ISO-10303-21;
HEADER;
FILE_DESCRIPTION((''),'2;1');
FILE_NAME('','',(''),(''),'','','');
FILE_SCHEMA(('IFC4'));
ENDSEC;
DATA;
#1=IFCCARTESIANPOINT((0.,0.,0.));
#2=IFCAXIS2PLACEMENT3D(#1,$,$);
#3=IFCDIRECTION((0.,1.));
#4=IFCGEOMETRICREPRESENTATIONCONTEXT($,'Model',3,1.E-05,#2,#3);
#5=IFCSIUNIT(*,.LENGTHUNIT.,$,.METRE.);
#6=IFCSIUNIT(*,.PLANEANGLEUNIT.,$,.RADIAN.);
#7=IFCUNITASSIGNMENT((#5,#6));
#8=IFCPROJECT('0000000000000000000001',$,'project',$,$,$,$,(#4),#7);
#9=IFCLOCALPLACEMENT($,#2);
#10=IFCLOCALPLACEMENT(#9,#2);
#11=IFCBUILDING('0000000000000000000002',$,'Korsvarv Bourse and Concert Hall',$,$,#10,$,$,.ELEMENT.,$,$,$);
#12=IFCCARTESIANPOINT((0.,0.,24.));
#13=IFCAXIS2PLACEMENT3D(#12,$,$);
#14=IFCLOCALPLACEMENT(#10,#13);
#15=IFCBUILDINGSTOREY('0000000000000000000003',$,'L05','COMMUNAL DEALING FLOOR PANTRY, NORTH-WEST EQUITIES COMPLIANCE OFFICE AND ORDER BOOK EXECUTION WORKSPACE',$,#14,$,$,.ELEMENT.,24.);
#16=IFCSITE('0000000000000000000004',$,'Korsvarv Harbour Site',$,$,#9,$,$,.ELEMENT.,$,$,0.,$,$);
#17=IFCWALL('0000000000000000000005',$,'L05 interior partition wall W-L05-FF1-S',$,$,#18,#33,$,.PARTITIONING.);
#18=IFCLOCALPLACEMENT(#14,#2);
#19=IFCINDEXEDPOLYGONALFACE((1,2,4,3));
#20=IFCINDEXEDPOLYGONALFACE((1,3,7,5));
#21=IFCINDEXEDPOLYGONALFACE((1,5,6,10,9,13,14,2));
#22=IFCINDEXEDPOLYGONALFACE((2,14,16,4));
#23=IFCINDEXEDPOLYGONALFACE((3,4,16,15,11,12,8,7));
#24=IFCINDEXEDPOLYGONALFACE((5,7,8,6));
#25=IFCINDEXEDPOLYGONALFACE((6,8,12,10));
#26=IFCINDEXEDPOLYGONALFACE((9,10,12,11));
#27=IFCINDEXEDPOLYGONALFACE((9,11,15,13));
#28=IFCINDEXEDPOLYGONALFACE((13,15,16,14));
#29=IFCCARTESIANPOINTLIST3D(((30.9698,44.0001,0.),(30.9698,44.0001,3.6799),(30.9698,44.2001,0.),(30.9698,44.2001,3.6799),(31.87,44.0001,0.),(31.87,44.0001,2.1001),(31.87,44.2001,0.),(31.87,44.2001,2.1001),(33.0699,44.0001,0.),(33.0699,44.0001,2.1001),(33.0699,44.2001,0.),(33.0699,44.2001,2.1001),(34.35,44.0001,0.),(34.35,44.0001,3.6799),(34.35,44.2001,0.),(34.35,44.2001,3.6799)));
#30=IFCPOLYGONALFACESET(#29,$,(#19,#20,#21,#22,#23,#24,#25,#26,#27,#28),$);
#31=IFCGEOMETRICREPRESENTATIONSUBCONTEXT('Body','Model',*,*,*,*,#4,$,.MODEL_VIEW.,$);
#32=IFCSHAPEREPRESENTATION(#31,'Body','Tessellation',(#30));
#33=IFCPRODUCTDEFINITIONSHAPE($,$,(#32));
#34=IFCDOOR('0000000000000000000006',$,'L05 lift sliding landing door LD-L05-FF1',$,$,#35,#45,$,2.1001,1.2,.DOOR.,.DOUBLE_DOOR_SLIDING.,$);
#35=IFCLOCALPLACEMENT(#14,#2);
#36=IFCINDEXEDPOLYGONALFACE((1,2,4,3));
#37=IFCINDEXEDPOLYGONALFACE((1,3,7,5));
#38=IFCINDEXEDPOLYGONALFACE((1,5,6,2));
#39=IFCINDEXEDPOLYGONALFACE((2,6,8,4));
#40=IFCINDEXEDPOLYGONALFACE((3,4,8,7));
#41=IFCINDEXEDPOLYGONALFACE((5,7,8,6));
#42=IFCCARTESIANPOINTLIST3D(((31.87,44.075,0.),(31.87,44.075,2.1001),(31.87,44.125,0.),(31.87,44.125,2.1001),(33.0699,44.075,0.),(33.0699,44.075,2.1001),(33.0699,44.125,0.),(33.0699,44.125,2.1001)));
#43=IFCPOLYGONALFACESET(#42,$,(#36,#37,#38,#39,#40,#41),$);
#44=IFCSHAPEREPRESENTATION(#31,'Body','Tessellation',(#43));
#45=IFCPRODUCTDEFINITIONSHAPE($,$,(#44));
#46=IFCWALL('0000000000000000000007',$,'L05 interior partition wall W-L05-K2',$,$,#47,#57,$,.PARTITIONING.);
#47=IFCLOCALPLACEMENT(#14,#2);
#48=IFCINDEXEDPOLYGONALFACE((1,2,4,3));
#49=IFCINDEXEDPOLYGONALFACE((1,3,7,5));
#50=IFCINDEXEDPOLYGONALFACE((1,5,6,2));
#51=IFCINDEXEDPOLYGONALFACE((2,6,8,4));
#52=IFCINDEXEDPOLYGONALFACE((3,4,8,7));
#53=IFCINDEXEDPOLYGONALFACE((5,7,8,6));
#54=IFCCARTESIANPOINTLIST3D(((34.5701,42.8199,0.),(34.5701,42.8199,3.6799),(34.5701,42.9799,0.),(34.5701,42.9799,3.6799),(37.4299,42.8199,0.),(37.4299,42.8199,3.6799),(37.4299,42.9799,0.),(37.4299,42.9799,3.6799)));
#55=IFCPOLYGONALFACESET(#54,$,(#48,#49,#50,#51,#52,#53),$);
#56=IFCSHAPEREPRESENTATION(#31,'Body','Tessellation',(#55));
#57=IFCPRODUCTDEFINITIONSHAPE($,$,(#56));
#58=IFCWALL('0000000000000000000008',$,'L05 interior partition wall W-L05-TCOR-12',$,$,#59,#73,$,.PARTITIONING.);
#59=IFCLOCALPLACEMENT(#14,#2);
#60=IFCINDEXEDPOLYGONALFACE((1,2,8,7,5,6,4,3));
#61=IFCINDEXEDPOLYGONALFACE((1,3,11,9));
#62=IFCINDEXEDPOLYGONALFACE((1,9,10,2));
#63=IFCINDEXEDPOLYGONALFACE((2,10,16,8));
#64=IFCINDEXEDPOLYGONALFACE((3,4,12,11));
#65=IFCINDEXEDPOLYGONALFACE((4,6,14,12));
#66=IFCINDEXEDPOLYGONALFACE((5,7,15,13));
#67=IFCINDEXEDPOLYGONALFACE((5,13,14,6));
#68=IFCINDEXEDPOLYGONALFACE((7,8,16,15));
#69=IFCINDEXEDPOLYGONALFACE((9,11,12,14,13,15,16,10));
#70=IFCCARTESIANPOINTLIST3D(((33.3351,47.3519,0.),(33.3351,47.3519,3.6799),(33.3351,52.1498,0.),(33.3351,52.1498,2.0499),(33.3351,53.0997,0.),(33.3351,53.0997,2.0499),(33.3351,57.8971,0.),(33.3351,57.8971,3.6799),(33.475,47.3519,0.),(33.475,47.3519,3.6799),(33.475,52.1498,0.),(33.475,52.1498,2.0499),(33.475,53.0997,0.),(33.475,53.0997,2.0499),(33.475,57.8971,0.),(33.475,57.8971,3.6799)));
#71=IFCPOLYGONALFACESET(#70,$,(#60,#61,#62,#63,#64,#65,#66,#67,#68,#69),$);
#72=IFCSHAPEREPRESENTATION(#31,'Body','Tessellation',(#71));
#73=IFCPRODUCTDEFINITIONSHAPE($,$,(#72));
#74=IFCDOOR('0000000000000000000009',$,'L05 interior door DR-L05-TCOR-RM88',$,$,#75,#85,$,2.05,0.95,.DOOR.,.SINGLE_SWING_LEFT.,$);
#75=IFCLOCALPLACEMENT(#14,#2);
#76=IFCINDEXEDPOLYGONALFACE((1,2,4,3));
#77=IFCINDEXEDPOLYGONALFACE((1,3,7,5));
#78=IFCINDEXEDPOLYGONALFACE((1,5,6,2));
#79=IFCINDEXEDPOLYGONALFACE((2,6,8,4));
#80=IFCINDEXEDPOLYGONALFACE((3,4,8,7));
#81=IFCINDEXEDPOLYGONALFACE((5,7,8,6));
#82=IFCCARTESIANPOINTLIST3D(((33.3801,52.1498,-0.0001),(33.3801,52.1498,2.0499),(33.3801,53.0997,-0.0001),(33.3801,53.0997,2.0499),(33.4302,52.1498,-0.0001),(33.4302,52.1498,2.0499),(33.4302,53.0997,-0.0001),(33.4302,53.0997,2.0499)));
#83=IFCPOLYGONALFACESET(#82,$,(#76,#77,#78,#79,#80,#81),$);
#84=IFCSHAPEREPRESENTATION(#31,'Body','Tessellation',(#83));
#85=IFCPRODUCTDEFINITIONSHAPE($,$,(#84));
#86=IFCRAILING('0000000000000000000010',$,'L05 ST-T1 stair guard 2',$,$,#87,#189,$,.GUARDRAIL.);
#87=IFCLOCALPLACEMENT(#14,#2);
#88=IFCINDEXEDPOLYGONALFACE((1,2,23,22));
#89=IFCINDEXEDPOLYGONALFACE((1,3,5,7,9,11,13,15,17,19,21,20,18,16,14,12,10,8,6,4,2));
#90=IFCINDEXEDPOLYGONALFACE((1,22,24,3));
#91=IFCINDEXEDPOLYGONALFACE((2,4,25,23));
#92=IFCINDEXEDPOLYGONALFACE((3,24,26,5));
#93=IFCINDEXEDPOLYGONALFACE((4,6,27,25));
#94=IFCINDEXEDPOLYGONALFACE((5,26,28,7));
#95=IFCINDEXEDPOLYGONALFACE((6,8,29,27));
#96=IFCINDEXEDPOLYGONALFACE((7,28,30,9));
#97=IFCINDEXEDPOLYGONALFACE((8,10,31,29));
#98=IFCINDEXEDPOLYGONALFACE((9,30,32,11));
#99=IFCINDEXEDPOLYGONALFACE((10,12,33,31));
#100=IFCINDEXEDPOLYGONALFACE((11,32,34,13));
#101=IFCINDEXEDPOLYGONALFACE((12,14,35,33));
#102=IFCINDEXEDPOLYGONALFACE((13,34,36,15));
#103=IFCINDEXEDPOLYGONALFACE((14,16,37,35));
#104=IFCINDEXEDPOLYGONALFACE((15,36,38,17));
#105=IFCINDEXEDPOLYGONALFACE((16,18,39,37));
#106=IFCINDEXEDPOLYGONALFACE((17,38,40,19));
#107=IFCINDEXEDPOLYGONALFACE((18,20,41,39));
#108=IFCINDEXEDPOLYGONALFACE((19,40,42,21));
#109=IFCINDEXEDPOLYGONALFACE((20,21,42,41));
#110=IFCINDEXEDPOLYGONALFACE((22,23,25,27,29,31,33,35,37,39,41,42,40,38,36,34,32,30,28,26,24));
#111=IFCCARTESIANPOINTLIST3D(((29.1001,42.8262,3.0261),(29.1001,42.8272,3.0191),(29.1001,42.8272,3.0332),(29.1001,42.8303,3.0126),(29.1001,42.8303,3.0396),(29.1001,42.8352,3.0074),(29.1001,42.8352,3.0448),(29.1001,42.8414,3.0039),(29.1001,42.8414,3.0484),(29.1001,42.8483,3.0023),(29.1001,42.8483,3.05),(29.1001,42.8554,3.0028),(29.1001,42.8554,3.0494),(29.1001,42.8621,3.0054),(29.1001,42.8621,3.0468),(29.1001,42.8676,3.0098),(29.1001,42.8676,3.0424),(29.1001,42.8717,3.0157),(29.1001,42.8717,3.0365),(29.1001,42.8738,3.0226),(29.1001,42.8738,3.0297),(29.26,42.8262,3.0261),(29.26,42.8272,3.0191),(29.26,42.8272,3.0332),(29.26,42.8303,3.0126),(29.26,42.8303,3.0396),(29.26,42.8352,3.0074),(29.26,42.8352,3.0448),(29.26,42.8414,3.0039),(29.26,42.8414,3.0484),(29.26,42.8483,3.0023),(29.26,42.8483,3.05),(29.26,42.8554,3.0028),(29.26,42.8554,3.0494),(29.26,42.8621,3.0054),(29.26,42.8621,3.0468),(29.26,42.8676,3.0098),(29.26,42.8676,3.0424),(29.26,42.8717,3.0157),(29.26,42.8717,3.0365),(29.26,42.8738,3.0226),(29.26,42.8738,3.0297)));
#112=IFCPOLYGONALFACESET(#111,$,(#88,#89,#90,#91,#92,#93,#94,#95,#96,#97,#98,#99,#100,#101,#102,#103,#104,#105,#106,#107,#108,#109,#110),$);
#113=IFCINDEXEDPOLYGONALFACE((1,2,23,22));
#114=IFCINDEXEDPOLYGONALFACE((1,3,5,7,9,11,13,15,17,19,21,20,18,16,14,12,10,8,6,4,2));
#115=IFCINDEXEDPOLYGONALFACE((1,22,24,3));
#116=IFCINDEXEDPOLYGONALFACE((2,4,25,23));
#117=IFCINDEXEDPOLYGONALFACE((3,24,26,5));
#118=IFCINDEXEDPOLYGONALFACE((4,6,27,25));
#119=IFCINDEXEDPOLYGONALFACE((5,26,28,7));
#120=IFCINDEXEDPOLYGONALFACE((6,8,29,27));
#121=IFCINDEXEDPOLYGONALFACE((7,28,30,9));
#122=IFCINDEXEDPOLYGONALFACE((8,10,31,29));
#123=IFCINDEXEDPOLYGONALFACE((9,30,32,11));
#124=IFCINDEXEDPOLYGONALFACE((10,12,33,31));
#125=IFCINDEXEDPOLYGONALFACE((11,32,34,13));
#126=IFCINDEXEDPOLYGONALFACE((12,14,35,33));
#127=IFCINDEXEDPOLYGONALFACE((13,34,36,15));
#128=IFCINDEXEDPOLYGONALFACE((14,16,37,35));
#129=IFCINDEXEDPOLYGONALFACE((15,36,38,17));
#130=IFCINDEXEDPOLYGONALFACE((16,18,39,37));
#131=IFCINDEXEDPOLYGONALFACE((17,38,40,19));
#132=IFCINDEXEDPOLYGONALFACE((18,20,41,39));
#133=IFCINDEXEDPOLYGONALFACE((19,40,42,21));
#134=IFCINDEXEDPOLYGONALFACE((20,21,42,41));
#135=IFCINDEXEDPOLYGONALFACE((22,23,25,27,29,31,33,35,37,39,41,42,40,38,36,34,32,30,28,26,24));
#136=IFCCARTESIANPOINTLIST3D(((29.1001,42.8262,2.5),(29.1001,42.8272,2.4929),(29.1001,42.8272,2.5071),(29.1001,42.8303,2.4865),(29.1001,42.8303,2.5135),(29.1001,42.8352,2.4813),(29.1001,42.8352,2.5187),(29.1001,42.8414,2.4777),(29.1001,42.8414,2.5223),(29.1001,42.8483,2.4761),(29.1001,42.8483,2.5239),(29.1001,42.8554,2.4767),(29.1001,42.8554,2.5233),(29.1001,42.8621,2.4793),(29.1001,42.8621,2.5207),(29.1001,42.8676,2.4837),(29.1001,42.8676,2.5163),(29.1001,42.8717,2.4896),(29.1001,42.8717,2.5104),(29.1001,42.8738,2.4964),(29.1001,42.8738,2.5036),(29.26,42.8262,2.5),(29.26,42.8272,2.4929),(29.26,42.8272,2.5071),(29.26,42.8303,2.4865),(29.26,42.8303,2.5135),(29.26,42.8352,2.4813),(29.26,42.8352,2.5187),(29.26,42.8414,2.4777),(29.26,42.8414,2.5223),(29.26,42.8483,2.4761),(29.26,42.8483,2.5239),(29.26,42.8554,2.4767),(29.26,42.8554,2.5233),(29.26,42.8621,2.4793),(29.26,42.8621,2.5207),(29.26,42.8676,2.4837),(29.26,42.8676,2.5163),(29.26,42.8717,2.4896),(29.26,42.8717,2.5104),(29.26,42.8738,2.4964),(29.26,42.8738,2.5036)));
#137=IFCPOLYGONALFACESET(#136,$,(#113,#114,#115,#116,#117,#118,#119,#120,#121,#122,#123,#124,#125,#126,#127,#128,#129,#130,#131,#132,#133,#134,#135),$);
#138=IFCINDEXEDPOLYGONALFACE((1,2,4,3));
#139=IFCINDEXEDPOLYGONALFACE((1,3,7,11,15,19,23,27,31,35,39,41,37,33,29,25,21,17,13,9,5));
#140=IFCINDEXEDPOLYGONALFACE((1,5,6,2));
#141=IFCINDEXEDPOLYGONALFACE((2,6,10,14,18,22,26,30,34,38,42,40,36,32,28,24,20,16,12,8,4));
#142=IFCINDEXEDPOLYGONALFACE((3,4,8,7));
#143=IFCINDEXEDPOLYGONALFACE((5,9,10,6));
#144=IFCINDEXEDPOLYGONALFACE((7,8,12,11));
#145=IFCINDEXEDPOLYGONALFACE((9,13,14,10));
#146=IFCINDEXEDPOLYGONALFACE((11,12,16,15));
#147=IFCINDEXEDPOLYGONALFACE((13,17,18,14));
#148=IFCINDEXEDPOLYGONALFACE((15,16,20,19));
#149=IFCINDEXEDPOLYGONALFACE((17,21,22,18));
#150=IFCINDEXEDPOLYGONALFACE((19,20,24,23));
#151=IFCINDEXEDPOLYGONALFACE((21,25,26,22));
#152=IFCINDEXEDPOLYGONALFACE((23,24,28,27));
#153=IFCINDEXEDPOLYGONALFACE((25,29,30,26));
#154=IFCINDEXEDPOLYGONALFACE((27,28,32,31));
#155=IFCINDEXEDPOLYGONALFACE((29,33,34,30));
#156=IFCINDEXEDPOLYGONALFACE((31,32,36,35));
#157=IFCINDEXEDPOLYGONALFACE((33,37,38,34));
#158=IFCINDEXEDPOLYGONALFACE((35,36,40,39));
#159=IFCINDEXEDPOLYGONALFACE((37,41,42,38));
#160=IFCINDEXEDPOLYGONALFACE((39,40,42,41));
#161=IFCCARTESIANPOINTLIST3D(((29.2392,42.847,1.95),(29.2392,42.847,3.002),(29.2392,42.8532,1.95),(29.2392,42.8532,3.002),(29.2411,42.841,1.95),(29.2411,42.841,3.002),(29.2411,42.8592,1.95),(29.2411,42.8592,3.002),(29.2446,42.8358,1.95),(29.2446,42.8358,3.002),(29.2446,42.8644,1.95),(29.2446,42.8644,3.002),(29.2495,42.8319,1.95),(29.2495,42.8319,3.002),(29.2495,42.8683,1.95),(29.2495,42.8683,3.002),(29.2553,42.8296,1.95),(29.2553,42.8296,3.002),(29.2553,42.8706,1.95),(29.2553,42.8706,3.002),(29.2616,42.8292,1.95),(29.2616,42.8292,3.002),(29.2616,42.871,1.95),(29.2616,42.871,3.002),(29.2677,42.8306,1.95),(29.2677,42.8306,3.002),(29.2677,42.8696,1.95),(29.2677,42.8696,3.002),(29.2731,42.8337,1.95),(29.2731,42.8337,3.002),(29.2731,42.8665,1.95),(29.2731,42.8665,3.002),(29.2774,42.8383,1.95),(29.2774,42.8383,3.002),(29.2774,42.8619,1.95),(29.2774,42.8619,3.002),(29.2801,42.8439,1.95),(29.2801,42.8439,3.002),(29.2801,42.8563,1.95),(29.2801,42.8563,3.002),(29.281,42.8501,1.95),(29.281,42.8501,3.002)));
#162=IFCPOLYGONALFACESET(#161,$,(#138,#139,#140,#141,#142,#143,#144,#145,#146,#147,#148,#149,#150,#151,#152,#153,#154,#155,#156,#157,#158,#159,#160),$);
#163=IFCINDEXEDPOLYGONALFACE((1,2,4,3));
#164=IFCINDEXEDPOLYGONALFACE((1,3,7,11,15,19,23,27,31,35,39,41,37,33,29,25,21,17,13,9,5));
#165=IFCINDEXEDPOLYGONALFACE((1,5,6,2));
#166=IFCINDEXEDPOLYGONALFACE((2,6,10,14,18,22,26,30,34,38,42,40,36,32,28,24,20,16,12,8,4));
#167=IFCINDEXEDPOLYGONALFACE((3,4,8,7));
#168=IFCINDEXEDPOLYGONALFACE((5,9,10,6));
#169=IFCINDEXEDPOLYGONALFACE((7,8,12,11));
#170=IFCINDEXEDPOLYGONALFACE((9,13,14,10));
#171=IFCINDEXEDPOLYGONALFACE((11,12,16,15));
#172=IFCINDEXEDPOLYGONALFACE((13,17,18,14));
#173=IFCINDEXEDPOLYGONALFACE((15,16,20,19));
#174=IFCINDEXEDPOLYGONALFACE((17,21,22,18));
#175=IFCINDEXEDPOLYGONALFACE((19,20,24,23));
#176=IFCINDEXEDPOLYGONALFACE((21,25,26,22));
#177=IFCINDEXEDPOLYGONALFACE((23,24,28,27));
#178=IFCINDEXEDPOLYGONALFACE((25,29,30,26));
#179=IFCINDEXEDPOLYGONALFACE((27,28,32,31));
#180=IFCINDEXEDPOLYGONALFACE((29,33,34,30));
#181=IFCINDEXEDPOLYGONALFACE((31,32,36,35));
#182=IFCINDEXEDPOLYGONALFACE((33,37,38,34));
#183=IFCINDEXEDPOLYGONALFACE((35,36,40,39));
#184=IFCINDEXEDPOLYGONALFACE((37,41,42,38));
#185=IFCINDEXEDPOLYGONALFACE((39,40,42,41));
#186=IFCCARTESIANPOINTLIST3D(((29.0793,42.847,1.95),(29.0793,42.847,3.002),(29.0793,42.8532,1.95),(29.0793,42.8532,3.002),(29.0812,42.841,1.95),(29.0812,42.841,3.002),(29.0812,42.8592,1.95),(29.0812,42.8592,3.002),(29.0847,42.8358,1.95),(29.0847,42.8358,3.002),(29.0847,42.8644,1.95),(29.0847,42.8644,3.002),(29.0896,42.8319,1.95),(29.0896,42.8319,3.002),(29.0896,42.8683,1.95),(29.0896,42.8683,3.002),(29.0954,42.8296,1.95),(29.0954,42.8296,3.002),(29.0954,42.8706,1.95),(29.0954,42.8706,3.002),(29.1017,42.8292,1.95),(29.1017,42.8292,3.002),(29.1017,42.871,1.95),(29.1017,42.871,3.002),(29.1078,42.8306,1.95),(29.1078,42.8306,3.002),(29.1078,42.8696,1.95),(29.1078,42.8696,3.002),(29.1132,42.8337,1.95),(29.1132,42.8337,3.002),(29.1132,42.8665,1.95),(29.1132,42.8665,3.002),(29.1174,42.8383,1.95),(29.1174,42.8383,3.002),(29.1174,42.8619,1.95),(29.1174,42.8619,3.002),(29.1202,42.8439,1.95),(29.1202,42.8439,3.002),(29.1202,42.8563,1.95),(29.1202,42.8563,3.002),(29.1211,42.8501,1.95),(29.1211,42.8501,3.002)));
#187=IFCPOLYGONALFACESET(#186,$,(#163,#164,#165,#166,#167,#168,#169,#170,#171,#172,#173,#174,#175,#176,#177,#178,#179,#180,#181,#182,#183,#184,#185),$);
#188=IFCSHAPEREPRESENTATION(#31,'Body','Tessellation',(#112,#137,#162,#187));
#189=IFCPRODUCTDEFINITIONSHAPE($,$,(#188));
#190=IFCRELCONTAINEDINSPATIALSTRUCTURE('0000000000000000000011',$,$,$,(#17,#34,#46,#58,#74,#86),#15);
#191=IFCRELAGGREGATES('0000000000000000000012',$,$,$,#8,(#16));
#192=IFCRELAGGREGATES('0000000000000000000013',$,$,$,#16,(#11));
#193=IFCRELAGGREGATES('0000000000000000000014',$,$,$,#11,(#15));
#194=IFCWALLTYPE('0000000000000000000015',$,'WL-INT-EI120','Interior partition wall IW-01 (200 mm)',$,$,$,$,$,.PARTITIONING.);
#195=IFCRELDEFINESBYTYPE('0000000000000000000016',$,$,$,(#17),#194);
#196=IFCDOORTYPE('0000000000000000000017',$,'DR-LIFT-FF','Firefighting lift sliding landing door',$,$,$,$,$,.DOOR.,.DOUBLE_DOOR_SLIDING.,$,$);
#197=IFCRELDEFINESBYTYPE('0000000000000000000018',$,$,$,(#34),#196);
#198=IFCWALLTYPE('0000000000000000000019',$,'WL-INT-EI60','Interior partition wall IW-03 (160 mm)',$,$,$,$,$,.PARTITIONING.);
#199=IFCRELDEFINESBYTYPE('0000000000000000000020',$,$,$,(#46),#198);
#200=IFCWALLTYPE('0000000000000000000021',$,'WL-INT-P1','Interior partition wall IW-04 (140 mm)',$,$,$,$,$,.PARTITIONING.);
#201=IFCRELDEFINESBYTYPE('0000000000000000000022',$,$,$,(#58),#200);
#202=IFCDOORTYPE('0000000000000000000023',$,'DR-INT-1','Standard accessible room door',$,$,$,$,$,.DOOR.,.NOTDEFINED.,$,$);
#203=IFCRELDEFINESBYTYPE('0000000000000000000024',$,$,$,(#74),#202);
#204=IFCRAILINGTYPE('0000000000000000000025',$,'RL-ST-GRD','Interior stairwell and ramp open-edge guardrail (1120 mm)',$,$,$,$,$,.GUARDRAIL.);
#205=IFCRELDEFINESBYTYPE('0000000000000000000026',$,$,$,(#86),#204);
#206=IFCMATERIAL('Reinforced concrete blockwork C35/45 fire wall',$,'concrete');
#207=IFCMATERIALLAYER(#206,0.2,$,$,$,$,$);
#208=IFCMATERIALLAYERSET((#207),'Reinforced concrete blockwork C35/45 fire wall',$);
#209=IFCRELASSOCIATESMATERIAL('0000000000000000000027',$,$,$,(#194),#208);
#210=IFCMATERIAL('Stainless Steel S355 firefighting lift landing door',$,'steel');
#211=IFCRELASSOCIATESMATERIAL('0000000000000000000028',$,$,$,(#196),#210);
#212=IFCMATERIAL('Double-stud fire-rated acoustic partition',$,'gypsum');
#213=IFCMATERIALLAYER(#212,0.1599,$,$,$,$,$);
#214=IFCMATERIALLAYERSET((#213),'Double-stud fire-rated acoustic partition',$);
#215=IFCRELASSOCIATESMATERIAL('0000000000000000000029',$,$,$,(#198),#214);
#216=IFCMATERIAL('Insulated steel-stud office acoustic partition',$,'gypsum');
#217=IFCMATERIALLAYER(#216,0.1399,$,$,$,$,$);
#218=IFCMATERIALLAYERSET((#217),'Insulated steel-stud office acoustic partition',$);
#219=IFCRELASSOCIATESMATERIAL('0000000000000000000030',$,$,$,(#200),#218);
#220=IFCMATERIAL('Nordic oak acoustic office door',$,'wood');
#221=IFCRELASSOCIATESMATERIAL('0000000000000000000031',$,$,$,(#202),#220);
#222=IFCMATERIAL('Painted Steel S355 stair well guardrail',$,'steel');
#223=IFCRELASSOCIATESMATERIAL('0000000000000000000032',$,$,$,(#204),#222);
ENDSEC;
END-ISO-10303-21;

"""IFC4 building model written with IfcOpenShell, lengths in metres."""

from ifc_helpers import new_model, si_unit, direction, frame, frame_2d, origin, origin_2d, place, context, subcontext, project, spatial, rectangle, circle, extrude, material, layer, layer_set, type_object, element, fill, save


model = new_model("IFC4")

# Units and contexts
model_context = context("Model", 3, precision=1e-05, world=origin(), true_north=direction((0.0, 1.0)))
body_context = subcontext(model_context, "Body", "Model", "MODEL_VIEW")
ifc_project = project(units=[si_unit("LENGTHUNIT", "METRE"), si_unit("PLANEANGLEUNIT", "RADIAN")], contexts=[model_context])

# Site, building, storey
site_placement = place(None, origin())
site = spatial("IfcSite", under=ifc_project, at=site_placement, Name="Korsvarv Harbour Site", CompositionType="ELEMENT", RefElevation=0.0)
building_placement = place(site_placement, origin())
building = spatial("IfcBuilding", under=site, at=building_placement, Name="Korsvarv Bourse and Concert Hall", CompositionType="ELEMENT")
storey_placement = place(building_placement, frame((0.0, 0.0, 24.0)))
storey = spatial("IfcBuildingStorey", under=building, at=storey_placement, Name="L05", Description="COMMUNAL DEALING FLOOR PANTRY, NORTH-WEST EQUITIES COMPLIANCE OFFICE AND ORDER BOOK EXECUTION WORKSPACE", CompositionType="ELEMENT", Elevation=24.0)

# Wall, opening, door
ifc_material_1 = material(Name="Reinforced concrete blockwork C35/45 fire wall", Category="concrete")
ifc_layer_1 = layer(ifc_material_1, 0.2)
ifc_layer_set_1 = layer_set([ifc_layer_1], Name="Reinforced concrete blockwork C35/45 fire wall")
wall_type_1 = type_object("IfcWallType", Name="WL-INT-EI120", Description="Interior partition wall IW-01 (200 mm)", PredefinedType="PARTITIONING", material=ifc_layer_set_1)
wall_1_placement = place(storey_placement, frame((30.97, 44.1001, 0.0), z_axis=(0.0, 0.0, 1.0), x_axis=(1.0, 0.0, 0.0)))
wall_1 = element("IfcWall", 1, at=wall_1_placement, inside=storey, type_object=wall_type_1, Name="L05 interior partition wall W-L05-FF1-S", PredefinedType="PARTITIONING", context=body_context, shape_type="SweptSolid", body=[
    extrude(rectangle(XDim=3.3801, YDim=0.2, at=frame_2d((1.6899, 0.0))), origin(), (0.0, 0.0, 1.0), 3.6799),
])
opening_1_placement = place(wall_1_placement, frame((0.8999, 0.0, 0.0)))
opening_1 = element("IfcOpeningElement", 2, at=opening_1_placement, cuts=wall_1, PredefinedType="OPENING", context=body_context, shape_type="SweptSolid", body=[
    extrude(rectangle(XDim=1.2, YDim=2.1001, at=frame_2d((0.6001, 1.05))), frame((0.0, 0.1099, 0.0), z_axis=(0.0, -1.0, 0.0), x_axis=(1.0, 0.0, 0.0)), (0.0, 0.0, 1.0), 0.22),
])
ifc_material_2 = material(Name="Stainless Steel S355 firefighting lift landing door", Category="steel")
door_type_1 = type_object("IfcDoorType", Name="DR-LIFT-FF", Description="Firefighting lift sliding landing door", OperationType="DOUBLE_DOOR_SLIDING", PredefinedType="DOOR", material=ifc_material_2)
door_1_placement = place(opening_1_placement, origin())
door_1 = element("IfcDoor", 3, at=door_1_placement, inside=storey, type_object=door_type_1, Name="L05 lift sliding landing door LD-L05-FF1", OperationType="DOUBLE_DOOR_SLIDING", OverallHeight=2.1001, OverallWidth=1.2, PredefinedType="DOOR", context=body_context, shape_type="SweptSolid", body=[
    extrude(rectangle(XDim=1.2, YDim=2.1001, at=frame_2d((0.6001, 1.05))), frame((0.0, 0.0249, 0.0), z_axis=(0.0, -1.0, 0.0), x_axis=(1.0, 0.0, 0.0)), (0.0, 0.0, 1.0), 0.05),
])
fill(opening_1, door_1)

# Wall
ifc_material_3 = material(Name="Double-stud fire-rated acoustic partition", Category="gypsum")
ifc_layer_2 = layer(ifc_material_3, 0.1599)
ifc_layer_set_2 = layer_set([ifc_layer_2], Name="Double-stud fire-rated acoustic partition")
wall_type_2 = type_object("IfcWallType", Name="WL-INT-EI60", Description="Interior partition wall IW-03 (160 mm)", PredefinedType="PARTITIONING", material=ifc_layer_set_2)
wall_2_placement = place(storey_placement, frame((34.5701, 42.8999, 0.0), z_axis=(0.0, 0.0, 1.0), x_axis=(1.0, 0.0, 0.0)))
element("IfcWall", 4, at=wall_2_placement, inside=storey, type_object=wall_type_2, Name="L05 interior partition wall W-L05-K2", PredefinedType="PARTITIONING", context=body_context, shape_type="SweptSolid", body=[
    extrude(rectangle(XDim=2.8599, YDim=0.1599, at=frame_2d((1.4299, 0.0))), origin(), (0.0, 0.0, 1.0), 3.6799),
])

# Wall, opening, door
ifc_material_4 = material(Name="Insulated steel-stud office acoustic partition", Category="gypsum")
ifc_layer_3 = layer(ifc_material_4, 0.1399)
ifc_layer_set_3 = layer_set([ifc_layer_3], Name="Insulated steel-stud office acoustic partition")
wall_type_3 = type_object("IfcWallType", Name="WL-INT-P1", Description="Interior partition wall IW-04 (140 mm)", PredefinedType="PARTITIONING", material=ifc_layer_set_3)
wall_3_placement = place(storey_placement, frame((33.405, 47.3521, 0.0), z_axis=(0.0, 0.0, 1.0), x_axis=(0.0, 1.0, 0.0)))
wall_3 = element("IfcWall", 5, at=wall_3_placement, inside=storey, type_object=wall_type_3, Name="L05 interior partition wall W-L05-TCOR-12", PredefinedType="PARTITIONING", context=body_context, shape_type="SweptSolid", body=[
    extrude(rectangle(XDim=10.5452, YDim=0.1399, at=frame_2d((5.2725, 0.0))), origin(), (0.0, 0.0, 1.0), 3.6799),
])
opening_2_placement = place(wall_3_placement, frame((4.7976, 0.0, 0.0)))
opening_2 = element("IfcOpeningElement", 6, at=opening_2_placement, cuts=wall_3, PredefinedType="OPENING", context=body_context, shape_type="SweptSolid", body=[
    extrude(rectangle(XDim=0.95, YDim=2.05, at=frame_2d((0.4751, 1.0249))), frame((0.0, 0.0801, 0.0), z_axis=(0.0, -1.0, 0.0), x_axis=(1.0, 0.0, 0.0)), (0.0, 0.0, 1.0), 0.1599),
])
ifc_material_5 = material(Name="Nordic oak acoustic office door", Category="wood")
door_type_2 = type_object("IfcDoorType", Name="DR-INT-1", Description="Standard accessible room door", OperationType="NOTDEFINED", PredefinedType="DOOR", material=ifc_material_5)
door_2_placement = place(opening_2_placement, origin())
door_2 = element("IfcDoor", 7, at=door_2_placement, inside=storey, type_object=door_type_2, Name="L05 interior door DR-L05-TCOR-RM88", OperationType="SINGLE_SWING_LEFT", OverallHeight=2.05, OverallWidth=0.95, PredefinedType="DOOR", context=body_context, shape_type="SweptSolid", body=[
    extrude(rectangle(XDim=0.95, YDim=2.05, at=frame_2d((0.4751, 1.0249))), frame((0.0, 0.0249, 0.0), z_axis=(0.0, -1.0, 0.0), x_axis=(1.0, 0.0, 0.0)), (0.0, 0.0, 1.0), 0.05),
])
fill(opening_2, door_2)

# Railing
ifc_material_6 = material(Name="Painted Steel S355 stair well guardrail", Category="steel")
railing_type = type_object("IfcRailingType", Name="RL-ST-GRD", Description="Interior stairwell and ramp open-edge guardrail (1120 mm)", PredefinedType="GUARDRAIL", material=ifc_material_6)
railing_1_placement = place(storey_placement, frame((29.26, 42.8501, 1.95)))
element("IfcRailing", 8, at=railing_1_placement, inside=storey, type_object=railing_type, Name="L05 ST-T1 stair guard 2", PredefinedType="GUARDRAIL", context=body_context, shape_type="SweptSolid", body=[
    extrude(circle(Radius=0.0239, at=origin_2d()), frame((0.0, 0.0, 1.0762), z_axis=(-1.0, 0.0, 0.0), x_axis=(0.0, -1.0, 0.0)), (0.0, 0.0, 1.0), 0.1599),
    extrude(circle(Radius=0.0239, at=origin_2d()), frame((0.0, 0.0, 0.55), z_axis=(-1.0, 0.0, 0.0), x_axis=(0.0, -1.0, 0.0)), (0.0, 0.0, 1.0), 0.1599),
    extrude(circle(Radius=0.021, at=origin_2d()), origin(), (0.0, 0.0, 1.0), 1.052),
    extrude(circle(Radius=0.021, at=origin_2d()), frame((-0.1599, 0.0, 0.0)), (0.0, 0.0, 1.0), 1.052),
])

save(model, "model.ifc")
